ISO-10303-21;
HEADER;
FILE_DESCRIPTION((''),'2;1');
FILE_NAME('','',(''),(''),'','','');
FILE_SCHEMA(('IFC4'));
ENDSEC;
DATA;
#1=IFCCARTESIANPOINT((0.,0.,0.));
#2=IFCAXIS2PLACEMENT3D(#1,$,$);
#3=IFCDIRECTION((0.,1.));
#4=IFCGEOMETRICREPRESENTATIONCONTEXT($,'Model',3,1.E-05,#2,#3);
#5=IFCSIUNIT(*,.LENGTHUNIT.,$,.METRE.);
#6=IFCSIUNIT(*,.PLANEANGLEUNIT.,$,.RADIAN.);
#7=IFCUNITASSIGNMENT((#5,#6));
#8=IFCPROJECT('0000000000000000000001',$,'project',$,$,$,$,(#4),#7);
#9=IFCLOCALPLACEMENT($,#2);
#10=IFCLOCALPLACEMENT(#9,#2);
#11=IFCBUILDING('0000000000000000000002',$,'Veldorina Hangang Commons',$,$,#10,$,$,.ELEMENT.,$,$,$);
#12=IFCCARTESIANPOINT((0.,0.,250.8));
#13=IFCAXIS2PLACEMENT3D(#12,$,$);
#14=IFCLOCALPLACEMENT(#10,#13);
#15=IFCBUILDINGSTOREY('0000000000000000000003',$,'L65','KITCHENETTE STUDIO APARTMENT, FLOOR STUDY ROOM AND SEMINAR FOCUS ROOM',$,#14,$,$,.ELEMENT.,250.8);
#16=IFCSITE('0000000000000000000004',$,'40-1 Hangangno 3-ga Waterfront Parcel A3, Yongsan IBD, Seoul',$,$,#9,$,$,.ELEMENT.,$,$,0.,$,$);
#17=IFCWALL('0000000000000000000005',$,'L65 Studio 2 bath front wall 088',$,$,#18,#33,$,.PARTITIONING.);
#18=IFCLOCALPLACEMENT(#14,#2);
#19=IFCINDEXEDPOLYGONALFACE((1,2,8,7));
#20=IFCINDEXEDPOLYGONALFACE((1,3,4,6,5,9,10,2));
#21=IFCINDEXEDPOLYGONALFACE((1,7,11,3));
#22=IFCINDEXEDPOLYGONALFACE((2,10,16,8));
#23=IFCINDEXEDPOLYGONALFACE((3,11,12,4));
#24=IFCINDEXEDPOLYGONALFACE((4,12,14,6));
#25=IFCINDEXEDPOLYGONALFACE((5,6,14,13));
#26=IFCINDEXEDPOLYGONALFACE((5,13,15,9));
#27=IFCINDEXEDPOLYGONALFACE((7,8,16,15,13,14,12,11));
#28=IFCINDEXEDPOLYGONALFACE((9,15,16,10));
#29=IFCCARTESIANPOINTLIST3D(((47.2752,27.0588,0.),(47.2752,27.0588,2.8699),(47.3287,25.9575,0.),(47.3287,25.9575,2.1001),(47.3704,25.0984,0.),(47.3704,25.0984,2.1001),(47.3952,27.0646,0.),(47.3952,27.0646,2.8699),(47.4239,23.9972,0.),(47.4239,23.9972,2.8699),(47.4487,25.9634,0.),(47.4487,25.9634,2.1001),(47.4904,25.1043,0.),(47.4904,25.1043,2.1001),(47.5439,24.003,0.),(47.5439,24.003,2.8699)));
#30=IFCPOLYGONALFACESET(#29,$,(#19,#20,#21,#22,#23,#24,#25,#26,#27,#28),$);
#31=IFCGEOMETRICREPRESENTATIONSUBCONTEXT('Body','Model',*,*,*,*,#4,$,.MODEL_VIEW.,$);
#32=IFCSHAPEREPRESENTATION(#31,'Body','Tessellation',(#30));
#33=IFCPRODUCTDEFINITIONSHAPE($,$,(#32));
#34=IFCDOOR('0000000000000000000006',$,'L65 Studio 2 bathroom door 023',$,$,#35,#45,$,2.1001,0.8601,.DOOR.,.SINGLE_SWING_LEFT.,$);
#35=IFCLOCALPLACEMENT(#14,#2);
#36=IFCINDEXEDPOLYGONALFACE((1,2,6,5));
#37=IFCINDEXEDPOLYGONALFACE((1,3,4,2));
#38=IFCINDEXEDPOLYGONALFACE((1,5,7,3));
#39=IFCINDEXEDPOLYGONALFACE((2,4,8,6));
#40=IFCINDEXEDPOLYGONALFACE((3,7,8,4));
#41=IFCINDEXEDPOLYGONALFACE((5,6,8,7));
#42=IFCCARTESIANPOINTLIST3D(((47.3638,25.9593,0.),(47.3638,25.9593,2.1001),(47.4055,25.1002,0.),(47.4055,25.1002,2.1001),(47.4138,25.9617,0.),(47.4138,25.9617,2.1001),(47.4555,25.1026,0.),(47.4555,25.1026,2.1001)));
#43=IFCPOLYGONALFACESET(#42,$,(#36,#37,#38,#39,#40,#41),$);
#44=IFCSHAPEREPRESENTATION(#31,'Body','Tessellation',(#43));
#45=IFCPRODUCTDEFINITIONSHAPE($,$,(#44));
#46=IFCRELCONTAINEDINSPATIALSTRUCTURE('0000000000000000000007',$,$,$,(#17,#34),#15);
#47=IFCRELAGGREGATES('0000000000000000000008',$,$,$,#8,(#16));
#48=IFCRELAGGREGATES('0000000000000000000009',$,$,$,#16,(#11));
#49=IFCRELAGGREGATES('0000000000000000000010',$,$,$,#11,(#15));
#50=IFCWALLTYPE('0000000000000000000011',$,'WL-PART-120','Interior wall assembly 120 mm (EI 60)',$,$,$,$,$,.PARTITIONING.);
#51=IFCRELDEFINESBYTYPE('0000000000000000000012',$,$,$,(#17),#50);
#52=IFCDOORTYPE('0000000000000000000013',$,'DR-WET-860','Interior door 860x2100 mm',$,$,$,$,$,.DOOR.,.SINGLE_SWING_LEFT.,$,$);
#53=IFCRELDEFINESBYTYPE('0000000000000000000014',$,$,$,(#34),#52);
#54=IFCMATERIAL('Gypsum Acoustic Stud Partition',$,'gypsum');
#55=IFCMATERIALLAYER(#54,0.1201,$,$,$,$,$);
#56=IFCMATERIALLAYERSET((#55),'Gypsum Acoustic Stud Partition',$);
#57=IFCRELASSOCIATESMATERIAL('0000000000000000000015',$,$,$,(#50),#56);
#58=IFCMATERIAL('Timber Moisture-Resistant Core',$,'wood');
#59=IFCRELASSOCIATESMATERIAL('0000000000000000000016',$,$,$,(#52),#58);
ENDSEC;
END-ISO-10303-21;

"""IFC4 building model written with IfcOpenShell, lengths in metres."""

from ifc_helpers import new_model, si_unit, direction, frame, frame_2d, origin, place, context, subcontext, project, spatial, rectangle, extrude, material, layer, layer_set, type_object, element, fill, save


model = new_model("IFC4")

# Units and contexts
model_context = context("Model", 3, precision=1e-05, world=origin(), true_north=direction((0.0, 1.0)))
body_context = subcontext(model_context, "Body", "Model", "MODEL_VIEW")
ifc_project = project(units=[si_unit("LENGTHUNIT", "METRE"), si_unit("PLANEANGLEUNIT", "RADIAN")], contexts=[model_context])

# Site, building, storey
site_placement = place(None, origin())
site = spatial("IfcSite", under=ifc_project, at=site_placement, Name="40-1 Hangangno 3-ga Waterfront Parcel A3, Yongsan IBD, Seoul", CompositionType="ELEMENT", RefElevation=0.0)
building_placement = place(site_placement, origin())
building = spatial("IfcBuilding", under=site, at=building_placement, Name="Veldorina Hangang Commons", CompositionType="ELEMENT")
storey_placement = place(building_placement, frame((0.0, 0.0, 250.8)))
storey = spatial("IfcBuildingStorey", under=building, at=storey_placement, Name="L65", Description="KITCHENETTE STUDIO APARTMENT, FLOOR STUDY ROOM AND SEMINAR FOCUS ROOM", CompositionType="ELEMENT", Elevation=250.8)

# Wall, opening, door
ifc_material_1 = material(Name="Gypsum Acoustic Stud Partition", Category="gypsum")
ifc_layer_1 = layer(ifc_material_1, 0.1201)
ifc_layer_set_1 = layer_set([ifc_layer_1], Name="Gypsum Acoustic Stud Partition")
wall_type_1 = type_object("IfcWallType", Name="WL-PART-120", Description="Interior wall assembly 120 mm (EI 60)", PredefinedType="PARTITIONING", material=ifc_layer_set_1)
wall_1_placement = place(storey_placement, frame((47.4839, 24.0, 0.0), z_axis=(0.0, 0.0, 1.0), x_axis=(-0.048507, 0.998823, 0.0)))
wall_1 = element("IfcWall", 1, at=wall_1_placement, inside=storey, type_object=wall_type_1, Name="L65 Studio 2 bath front wall 088", PredefinedType="PARTITIONING", context=body_context, shape_type="SweptSolid", body=[
    extrude(rectangle(XDim=3.0652, YDim=0.1201, at=frame_2d((1.5327, 0.0))), origin(), (0.0, 0.0, 1.0), 2.8699),
])
opening_1_placement = place(wall_1_placement, frame((1.1025, 0.0, 0.0)))
opening_1 = element("IfcOpeningElement", 2, at=opening_1_placement, cuts=wall_1, PredefinedType="OPENING", context=body_context, shape_type="SweptSolid", body=[
    extrude(rectangle(XDim=0.8601, YDim=2.1001, at=frame_2d((0.4302, 1.05))), frame((0.0, 0.0701, 0.0), z_axis=(0.0, -1.0, 0.0), x_axis=(1.0, 0.0, 0.0)), (0.0, 0.0, 1.0), 0.1401),
])
ifc_material_2 = material(Name="Timber Moisture-Resistant Core", Category="wood")
door_type_1 = type_object("IfcDoorType", Name="DR-WET-860", Description="Interior door 860x2100 mm", OperationType="SINGLE_SWING_LEFT", PredefinedType="DOOR", material=ifc_material_2)
door_1_placement = place(opening_1_placement, origin())
door_1 = element("IfcDoor", 3, at=door_1_placement, inside=storey, type_object=door_type_1, Name="L65 Studio 2 bathroom door 023", OperationType="SINGLE_SWING_LEFT", OverallHeight=2.1001, OverallWidth=0.8601, PredefinedType="DOOR", context=body_context, shape_type="SweptSolid", body=[
    extrude(rectangle(XDim=0.8601, YDim=2.1001, at=frame_2d((0.4302, 1.05))), frame((0.0, 0.0249, 0.0), z_axis=(0.0, -1.0, 0.0), x_axis=(1.0, 0.0, 0.0)), (0.0, 0.0, 1.0), 0.05),
])
fill(opening_1, door_1)

save(model, "model.ifc")
